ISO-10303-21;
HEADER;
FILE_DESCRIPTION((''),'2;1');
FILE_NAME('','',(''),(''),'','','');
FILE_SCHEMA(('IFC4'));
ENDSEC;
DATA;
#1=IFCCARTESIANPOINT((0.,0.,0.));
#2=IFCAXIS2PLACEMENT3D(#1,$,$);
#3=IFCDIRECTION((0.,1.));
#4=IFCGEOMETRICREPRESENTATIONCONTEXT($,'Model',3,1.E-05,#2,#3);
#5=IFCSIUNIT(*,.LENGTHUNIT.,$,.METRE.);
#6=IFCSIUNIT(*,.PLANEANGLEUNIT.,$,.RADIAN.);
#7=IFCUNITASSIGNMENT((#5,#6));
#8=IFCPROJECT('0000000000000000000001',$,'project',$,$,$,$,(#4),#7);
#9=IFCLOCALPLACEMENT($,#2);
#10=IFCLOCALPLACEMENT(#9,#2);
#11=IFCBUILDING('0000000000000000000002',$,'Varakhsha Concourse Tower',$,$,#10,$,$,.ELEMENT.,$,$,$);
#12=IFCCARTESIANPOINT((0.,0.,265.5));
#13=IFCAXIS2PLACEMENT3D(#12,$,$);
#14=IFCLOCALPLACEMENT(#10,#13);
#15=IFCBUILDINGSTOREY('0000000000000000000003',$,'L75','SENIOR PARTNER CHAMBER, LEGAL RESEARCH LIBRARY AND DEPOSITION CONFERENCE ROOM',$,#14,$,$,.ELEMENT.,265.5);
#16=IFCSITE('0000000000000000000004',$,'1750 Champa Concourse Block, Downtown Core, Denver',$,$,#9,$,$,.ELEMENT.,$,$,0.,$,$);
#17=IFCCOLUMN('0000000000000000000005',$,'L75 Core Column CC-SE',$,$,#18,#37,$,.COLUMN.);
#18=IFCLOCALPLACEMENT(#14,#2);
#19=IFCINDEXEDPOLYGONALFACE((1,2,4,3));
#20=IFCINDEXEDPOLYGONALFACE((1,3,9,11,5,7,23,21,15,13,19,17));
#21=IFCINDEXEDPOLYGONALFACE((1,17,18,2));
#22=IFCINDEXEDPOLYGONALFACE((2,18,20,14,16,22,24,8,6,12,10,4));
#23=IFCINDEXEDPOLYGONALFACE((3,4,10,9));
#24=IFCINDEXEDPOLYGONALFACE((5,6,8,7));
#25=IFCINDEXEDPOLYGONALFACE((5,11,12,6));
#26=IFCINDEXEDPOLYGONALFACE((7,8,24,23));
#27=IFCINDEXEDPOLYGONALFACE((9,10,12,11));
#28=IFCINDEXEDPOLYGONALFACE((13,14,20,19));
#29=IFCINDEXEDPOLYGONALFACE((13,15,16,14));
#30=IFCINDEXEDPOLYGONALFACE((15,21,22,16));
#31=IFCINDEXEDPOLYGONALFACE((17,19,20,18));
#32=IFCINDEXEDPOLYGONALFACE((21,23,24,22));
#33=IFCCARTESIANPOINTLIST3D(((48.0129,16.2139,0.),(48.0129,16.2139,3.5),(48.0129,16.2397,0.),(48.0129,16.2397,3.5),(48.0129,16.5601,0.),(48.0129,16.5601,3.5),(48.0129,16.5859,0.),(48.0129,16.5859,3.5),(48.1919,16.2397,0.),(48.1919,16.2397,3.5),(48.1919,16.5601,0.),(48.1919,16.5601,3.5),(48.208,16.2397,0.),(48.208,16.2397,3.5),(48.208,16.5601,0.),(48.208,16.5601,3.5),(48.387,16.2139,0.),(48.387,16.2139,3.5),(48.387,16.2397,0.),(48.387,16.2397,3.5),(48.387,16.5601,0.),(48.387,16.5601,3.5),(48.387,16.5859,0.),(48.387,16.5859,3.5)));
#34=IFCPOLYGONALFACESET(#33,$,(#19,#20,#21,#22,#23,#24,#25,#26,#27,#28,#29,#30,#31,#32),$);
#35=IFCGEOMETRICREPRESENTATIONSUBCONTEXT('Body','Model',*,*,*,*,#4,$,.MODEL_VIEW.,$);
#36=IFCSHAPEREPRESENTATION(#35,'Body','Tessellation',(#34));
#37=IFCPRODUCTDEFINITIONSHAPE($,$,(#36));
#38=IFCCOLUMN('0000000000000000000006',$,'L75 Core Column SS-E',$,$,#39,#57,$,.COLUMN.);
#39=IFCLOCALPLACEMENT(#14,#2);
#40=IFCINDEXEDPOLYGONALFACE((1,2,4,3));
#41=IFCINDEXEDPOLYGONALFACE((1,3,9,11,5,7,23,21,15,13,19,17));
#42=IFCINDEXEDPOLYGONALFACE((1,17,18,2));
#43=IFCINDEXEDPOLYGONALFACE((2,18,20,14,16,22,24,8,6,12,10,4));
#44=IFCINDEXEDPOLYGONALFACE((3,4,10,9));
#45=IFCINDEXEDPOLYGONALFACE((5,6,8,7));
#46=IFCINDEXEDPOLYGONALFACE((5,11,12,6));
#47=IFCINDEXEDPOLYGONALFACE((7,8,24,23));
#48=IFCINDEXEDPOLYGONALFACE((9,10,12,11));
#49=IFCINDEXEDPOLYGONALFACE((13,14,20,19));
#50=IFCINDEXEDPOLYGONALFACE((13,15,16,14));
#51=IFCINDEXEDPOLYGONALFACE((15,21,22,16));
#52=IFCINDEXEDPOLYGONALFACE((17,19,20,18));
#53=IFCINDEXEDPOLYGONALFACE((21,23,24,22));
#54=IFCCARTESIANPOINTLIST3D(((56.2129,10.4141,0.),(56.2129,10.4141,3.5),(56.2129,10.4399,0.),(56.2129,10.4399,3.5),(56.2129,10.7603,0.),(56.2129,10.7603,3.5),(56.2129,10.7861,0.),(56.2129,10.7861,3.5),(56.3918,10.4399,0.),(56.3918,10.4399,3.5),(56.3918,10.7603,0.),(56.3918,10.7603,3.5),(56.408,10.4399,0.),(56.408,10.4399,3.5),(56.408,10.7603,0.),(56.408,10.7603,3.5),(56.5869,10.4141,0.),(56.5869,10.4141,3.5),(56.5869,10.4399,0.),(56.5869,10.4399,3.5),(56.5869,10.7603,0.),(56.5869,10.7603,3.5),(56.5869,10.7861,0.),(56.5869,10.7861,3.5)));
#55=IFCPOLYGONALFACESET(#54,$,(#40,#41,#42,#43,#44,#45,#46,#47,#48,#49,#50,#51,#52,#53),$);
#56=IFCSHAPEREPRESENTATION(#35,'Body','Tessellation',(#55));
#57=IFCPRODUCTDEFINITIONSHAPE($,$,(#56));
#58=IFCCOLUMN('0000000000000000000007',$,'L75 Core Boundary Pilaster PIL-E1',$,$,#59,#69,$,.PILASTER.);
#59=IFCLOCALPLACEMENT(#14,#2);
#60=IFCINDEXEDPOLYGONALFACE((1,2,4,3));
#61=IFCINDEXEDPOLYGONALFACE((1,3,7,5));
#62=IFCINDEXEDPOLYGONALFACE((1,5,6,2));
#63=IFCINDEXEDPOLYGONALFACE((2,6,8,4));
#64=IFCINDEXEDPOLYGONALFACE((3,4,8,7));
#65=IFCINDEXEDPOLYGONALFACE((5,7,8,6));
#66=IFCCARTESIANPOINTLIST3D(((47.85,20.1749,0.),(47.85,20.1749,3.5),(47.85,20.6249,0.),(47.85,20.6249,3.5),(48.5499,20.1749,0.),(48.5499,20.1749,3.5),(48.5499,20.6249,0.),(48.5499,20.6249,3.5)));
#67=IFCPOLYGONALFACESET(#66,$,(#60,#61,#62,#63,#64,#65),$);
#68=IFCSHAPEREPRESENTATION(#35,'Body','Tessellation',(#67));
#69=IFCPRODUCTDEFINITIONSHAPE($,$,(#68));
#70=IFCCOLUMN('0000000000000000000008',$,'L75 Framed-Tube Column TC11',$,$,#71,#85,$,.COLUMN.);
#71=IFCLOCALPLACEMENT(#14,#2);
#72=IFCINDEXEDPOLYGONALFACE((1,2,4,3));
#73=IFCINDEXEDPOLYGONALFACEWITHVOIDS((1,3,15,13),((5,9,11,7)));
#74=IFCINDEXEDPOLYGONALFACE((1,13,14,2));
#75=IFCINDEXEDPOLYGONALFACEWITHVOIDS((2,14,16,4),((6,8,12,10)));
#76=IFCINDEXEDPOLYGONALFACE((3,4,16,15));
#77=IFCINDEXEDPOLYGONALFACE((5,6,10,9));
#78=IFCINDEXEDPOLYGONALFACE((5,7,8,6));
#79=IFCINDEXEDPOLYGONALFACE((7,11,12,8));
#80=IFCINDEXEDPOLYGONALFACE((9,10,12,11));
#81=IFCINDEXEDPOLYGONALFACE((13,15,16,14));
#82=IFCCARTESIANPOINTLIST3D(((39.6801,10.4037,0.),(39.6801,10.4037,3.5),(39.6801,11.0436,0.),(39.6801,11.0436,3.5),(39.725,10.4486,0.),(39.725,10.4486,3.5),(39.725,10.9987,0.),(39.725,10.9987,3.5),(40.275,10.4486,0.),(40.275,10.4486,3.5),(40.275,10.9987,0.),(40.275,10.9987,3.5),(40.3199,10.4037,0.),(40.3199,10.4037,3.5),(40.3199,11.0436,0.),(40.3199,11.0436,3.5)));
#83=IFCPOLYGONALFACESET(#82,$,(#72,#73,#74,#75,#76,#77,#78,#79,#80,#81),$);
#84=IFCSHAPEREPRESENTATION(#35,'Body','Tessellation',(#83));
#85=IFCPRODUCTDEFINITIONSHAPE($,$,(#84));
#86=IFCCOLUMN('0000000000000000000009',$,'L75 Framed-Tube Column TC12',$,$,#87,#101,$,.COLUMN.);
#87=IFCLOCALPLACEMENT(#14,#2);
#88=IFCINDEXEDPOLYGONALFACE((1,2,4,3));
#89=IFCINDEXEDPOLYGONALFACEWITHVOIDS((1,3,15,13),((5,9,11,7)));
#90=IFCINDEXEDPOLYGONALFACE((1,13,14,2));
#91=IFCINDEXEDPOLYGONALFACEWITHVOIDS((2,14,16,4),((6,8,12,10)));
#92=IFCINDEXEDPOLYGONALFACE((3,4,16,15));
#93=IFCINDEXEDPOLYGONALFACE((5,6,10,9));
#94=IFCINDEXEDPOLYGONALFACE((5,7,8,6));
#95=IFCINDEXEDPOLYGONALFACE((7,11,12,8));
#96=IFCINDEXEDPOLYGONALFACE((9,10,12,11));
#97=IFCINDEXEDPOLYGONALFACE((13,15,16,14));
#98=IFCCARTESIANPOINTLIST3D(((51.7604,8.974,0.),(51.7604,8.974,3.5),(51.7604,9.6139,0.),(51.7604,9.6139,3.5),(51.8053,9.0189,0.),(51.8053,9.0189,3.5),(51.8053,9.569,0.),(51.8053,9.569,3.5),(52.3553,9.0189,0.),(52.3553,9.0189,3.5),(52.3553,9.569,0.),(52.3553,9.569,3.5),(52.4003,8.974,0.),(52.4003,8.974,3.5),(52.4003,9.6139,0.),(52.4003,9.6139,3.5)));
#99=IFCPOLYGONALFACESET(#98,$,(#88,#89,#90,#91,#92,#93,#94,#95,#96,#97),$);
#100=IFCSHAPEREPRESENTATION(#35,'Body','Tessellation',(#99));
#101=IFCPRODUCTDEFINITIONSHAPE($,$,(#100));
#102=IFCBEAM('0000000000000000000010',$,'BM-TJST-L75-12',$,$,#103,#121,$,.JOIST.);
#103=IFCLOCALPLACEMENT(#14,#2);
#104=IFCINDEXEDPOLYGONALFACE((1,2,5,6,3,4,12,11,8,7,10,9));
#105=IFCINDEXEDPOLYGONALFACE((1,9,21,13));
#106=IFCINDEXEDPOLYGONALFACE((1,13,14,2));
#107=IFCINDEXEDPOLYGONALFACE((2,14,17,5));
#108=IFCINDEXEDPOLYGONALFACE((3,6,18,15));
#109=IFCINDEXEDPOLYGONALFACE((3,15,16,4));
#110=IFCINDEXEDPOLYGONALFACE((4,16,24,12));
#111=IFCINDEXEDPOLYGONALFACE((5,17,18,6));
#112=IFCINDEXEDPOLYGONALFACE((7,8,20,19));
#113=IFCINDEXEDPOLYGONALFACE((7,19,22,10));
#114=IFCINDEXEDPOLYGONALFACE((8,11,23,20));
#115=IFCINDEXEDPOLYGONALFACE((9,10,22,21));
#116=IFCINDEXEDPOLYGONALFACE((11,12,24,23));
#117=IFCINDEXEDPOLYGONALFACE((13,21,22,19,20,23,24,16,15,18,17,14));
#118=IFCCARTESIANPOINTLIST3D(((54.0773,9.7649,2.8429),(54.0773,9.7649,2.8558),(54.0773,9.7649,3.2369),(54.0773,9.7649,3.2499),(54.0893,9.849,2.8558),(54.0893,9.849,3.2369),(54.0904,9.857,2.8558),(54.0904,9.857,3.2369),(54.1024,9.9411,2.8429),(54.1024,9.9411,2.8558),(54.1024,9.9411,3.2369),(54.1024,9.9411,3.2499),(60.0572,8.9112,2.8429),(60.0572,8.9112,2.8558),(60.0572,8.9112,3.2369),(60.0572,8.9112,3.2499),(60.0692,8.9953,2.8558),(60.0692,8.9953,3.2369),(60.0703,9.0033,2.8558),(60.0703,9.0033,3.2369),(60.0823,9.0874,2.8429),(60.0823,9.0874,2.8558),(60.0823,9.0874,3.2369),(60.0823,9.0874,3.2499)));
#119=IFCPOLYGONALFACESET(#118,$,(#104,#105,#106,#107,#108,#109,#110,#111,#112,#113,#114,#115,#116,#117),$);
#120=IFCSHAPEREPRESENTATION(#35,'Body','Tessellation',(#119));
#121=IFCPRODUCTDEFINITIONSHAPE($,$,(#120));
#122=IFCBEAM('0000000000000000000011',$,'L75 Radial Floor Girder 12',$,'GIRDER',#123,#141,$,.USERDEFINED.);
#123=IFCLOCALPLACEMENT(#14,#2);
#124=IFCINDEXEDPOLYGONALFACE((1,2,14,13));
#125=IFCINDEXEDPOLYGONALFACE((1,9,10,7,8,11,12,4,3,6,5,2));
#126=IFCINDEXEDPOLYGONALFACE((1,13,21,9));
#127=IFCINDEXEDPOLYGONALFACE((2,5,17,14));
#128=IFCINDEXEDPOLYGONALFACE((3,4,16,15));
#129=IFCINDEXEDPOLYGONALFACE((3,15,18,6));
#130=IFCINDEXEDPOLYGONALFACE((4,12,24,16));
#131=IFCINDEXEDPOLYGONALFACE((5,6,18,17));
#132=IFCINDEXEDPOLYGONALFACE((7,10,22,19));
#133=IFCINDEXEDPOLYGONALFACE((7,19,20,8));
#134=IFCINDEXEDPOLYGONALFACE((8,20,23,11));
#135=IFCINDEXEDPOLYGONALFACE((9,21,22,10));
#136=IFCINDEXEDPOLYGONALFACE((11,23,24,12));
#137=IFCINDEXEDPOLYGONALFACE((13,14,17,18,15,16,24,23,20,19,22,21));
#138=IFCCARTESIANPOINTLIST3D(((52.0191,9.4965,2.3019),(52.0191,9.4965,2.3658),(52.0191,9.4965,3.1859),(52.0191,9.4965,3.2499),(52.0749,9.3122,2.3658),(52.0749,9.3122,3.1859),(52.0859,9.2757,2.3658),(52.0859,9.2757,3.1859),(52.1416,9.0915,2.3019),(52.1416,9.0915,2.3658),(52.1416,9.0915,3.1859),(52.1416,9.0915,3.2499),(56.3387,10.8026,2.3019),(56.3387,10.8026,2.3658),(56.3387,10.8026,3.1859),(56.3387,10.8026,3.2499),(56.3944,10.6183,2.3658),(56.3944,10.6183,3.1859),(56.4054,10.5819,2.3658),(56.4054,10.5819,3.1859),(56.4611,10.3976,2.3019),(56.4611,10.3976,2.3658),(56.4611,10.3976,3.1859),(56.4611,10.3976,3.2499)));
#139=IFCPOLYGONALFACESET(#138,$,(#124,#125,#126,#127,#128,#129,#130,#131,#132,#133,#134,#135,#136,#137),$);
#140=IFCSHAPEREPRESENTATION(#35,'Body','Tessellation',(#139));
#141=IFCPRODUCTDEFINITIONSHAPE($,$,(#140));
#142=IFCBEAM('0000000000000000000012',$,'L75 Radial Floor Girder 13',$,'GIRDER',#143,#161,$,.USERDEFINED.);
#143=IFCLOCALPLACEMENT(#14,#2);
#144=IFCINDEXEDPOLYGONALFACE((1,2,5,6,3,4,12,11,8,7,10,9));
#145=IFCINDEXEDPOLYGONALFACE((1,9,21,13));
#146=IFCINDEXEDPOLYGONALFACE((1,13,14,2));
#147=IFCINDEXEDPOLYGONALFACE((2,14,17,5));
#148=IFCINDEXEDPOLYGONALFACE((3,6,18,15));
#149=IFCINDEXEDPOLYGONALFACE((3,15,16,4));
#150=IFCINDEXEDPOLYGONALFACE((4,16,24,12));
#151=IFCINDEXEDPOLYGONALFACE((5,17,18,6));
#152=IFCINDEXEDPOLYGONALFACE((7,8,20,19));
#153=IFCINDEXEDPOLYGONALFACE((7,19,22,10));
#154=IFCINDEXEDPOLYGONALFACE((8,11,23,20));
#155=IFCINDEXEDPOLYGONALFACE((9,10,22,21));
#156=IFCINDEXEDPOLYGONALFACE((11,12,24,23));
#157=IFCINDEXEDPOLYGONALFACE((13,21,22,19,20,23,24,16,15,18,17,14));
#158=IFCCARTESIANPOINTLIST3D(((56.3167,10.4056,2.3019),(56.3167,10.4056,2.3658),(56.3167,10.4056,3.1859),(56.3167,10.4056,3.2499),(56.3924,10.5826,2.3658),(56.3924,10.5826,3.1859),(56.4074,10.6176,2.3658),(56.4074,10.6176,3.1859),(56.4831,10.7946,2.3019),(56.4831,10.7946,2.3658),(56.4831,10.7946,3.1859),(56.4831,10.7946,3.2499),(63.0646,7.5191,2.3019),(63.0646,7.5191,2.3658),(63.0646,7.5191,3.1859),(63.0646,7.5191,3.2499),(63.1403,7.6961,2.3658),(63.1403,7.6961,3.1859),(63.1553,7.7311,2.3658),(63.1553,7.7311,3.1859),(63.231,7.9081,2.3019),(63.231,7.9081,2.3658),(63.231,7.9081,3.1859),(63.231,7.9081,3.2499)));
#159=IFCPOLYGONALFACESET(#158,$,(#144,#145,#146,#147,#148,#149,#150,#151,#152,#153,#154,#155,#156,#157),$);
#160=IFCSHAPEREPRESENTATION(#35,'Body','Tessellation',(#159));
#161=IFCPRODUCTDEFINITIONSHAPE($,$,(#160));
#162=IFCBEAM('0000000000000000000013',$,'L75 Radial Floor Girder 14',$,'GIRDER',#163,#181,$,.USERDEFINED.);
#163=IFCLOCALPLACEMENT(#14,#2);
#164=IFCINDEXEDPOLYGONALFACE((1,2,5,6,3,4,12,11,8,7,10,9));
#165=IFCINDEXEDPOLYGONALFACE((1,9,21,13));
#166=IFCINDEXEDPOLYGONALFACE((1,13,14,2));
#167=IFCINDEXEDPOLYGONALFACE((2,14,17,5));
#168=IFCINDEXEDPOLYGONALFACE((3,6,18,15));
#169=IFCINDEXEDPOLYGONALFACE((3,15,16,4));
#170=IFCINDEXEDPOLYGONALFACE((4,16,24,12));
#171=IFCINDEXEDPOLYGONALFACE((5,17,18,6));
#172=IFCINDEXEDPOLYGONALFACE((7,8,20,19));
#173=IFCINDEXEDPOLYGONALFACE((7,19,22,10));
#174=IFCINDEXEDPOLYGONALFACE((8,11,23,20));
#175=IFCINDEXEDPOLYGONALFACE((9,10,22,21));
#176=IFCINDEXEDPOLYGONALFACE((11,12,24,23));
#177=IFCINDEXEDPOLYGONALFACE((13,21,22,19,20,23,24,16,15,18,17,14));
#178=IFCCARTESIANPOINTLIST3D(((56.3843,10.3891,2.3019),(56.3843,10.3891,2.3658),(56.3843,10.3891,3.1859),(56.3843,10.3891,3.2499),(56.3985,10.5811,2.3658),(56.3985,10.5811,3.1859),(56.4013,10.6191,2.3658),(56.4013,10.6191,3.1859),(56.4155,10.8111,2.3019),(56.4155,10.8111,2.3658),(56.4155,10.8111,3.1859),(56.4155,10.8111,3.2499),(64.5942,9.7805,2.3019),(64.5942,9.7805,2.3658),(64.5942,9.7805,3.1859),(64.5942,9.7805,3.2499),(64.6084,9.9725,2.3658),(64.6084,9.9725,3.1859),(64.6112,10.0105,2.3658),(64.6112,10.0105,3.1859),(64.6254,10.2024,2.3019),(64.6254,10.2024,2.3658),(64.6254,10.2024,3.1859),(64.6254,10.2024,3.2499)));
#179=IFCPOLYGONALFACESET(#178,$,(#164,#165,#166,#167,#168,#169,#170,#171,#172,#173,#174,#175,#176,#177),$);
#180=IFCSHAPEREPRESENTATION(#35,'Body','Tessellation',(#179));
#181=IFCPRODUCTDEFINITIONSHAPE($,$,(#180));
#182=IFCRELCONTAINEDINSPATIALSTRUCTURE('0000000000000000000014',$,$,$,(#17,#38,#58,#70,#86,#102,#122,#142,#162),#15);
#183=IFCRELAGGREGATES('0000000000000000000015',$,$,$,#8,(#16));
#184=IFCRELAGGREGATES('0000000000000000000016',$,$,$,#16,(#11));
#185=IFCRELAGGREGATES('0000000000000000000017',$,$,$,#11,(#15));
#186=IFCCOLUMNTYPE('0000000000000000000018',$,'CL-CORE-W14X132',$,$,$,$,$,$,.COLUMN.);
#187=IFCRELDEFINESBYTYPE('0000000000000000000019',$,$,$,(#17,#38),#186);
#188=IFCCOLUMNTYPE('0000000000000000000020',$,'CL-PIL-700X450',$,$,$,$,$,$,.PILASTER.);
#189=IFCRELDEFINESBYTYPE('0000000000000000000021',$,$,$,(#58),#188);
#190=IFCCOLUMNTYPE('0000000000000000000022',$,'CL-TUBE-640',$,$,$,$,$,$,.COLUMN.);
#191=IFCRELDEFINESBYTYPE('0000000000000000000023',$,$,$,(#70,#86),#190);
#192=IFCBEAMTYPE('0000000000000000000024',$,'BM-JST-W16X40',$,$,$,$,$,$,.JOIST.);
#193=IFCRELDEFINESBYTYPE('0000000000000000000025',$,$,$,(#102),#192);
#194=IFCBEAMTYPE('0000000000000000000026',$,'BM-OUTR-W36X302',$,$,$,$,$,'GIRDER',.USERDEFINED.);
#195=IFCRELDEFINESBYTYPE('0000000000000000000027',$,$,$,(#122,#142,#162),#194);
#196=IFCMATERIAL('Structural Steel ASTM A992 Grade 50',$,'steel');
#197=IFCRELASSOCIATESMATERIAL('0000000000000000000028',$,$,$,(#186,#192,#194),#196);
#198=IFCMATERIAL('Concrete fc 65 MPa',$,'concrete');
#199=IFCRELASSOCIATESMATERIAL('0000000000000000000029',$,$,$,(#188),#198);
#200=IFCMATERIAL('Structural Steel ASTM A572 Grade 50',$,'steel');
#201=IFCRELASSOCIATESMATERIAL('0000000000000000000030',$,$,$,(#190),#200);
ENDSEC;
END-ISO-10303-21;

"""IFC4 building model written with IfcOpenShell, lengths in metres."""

from ifc_helpers import new_model, si_unit, direction, frame, origin, origin_2d, place, context, subcontext, project, spatial, rectangle, hollow_rectangle, i_section, extrude, material, material_profile, profile_set, type_object, element, save


model = new_model("IFC4")

# Units and contexts
model_context = context("Model", 3, precision=1e-05, world=origin(), true_north=direction((0.0, 1.0)))
body_context = subcontext(model_context, "Body", "Model", "MODEL_VIEW")
ifc_project = project(units=[si_unit("LENGTHUNIT", "METRE"), si_unit("PLANEANGLEUNIT", "RADIAN")], contexts=[model_context])

# Site, building, storey
site_placement = place(None, origin())
site = spatial("IfcSite", under=ifc_project, at=site_placement, Name="1750 Champa Concourse Block, Downtown Core, Denver", CompositionType="ELEMENT", RefElevation=0.0)
building_placement = place(site_placement, origin())
building = spatial("IfcBuilding", under=site, at=building_placement, Name="Varakhsha Concourse Tower", CompositionType="ELEMENT")
storey_placement = place(building_placement, frame((0.0, 0.0, 265.5)))
storey = spatial("IfcBuildingStorey", under=building, at=storey_placement, Name="L75", Description="SENIOR PARTNER CHAMBER, LEGAL RESEARCH LIBRARY AND DEPOSITION CONFERENCE ROOM", CompositionType="ELEMENT", Elevation=265.5)

# Columns
ifc_material_1 = material(Name="Structural Steel ASTM A992 Grade 50", Category="steel")
ifc_material_profile_1 = material_profile(ifc_material_1, i_section(OverallWidth=0.374, OverallDepth=0.3721, WebThickness=0.0161, FlangeThickness=0.0259, at=origin_2d()), Name="W14X132")
ifc_profile_set_1 = profile_set([ifc_material_profile_1], Name="Structural Steel ASTM A992 Grade 50")
column_type_1 = type_object("IfcColumnType", Name="CL-CORE-W14X132", PredefinedType="COLUMN", material=ifc_profile_set_1)
for number, where, z_axis, x_axis, name in (
    (1, (48.2, 16.3999, 0.0), (0.0, 0.0, 1.0), (1.0, 0.0, 0.0), "L75 Core Column CC-SE"),
    (2, (56.3999, 10.6001, 0.0), (0.0, 0.0, 1.0), (1.0, 0.0, 0.0), "L75 Core Column SS-E"),
):
    element("IfcColumn", number, at=place(storey_placement, frame(where, z_axis=z_axis, x_axis=x_axis)), inside=storey, type_object=column_type_1, Name=name, PredefinedType="COLUMN", context=body_context, shape_type="SweptSolid", body=[
        extrude(i_section(OverallWidth=0.374, OverallDepth=0.3721, WebThickness=0.0161, FlangeThickness=0.0259, at=origin_2d()), origin(), (0.0, 0.0, 1.0), 3.5),
    ])
ifc_material_2 = material(Name="Concrete fc 65 MPa", Category="concrete")
ifc_material_profile_2 = material_profile(ifc_material_2, rectangle(XDim=0.7, YDim=0.45, at=origin_2d()), Name="RC 700x450")
ifc_profile_set_2 = profile_set([ifc_material_profile_2], Name="Concrete fc 65 MPa")
column_type_2 = type_object("IfcColumnType", Name="CL-PIL-700X450", PredefinedType="PILASTER", material=ifc_profile_set_2)
column_placement = place(storey_placement, frame((48.2, 20.3999, 0.0), z_axis=(0.0, 0.0, 1.0), x_axis=(1.0, 0.0, 0.0)))
element("IfcColumn", 3, at=column_placement, inside=storey, type_object=column_type_2, Name="L75 Core Boundary Pilaster PIL-E1", PredefinedType="PILASTER", context=body_context, shape_type="SweptSolid", body=[
    extrude(rectangle(XDim=0.7, YDim=0.45, at=origin_2d()), origin(), (0.0, 0.0, 1.0), 3.5),
])
ifc_material_3 = material(Name="Structural Steel ASTM A572 Grade 50", Category="steel")
ifc_material_profile_3 = material_profile(ifc_material_3, hollow_rectangle(XDim=0.6399, YDim=0.6399, WallThickness=0.0449, at=origin_2d()), Name="BOX 640x640x45")
ifc_profile_set_3 = profile_set([ifc_material_profile_3], Name="Structural Steel ASTM A572 Grade 50")
column_type_3 = type_object("IfcColumnType", Name="CL-TUBE-640", PredefinedType="COLUMN", material=ifc_profile_set_3)
for number, where, z_axis, x_axis, name in (
    (4, (40.0, 10.7236, 0.0), (0.0, 0.0, 1.0), (1.0, 0.0, 0.0), "L75 Framed-Tube Column TC11"),
    (5, (52.0803, 9.2939, 0.0), (0.0, 0.0, 1.0), (1.0, 0.0, 0.0), "L75 Framed-Tube Column TC12"),
):
    element("IfcColumn", number, at=place(storey_placement, frame(where, z_axis=z_axis, x_axis=x_axis)), inside=storey, type_object=column_type_3, Name=name, PredefinedType="COLUMN", context=body_context, shape_type="SweptSolid", body=[
        extrude(hollow_rectangle(XDim=0.6399, YDim=0.6399, WallThickness=0.0449, at=origin_2d()), origin(), (0.0, 0.0, 1.0), 3.5),
    ])

# Beams
ifc_material_profile_4 = material_profile(ifc_material_1, i_section(OverallWidth=0.178, OverallDepth=0.407, WebThickness=0.0081, FlangeThickness=0.0129, at=origin_2d()), Name="W16X40")
ifc_profile_set_4 = profile_set([ifc_material_profile_4], Name="Structural Steel ASTM A992 Grade 50")
beam_type_1 = type_object("IfcBeamType", Name="BM-JST-W16X40", PredefinedType="JOIST", material=ifc_profile_set_4)
beam_1_placement = place(storey_placement, frame((54.0898, 9.853, 3.0464), z_axis=(0.989962, -0.141336, 0.0), x_axis=(0.141336, 0.989962, 0.0)))
element("IfcBeam", 6, at=beam_1_placement, inside=storey, type_object=beam_type_1, Name="BM-TJST-L75-12", PredefinedType="JOIST", context=body_context, shape_type="SweptSolid", body=[
    extrude(i_section(OverallWidth=0.178, OverallDepth=0.407, WebThickness=0.0081, FlangeThickness=0.0129, at=origin_2d()), origin(), (0.0, 0.0, 1.0), 6.0405),
])
ifc_material_profile_5 = material_profile(ifc_material_1, i_section(OverallWidth=0.4231, OverallDepth=0.948, WebThickness=0.0381, FlangeThickness=0.064, at=origin_2d()), Name="W36X302")
ifc_profile_set_5 = profile_set([ifc_material_profile_5], Name="Structural Steel ASTM A992 Grade 50")
beam_type_2 = type_object("IfcBeamType", Name="BM-OUTR-W36X302", ElementType="GIRDER", PredefinedType="USERDEFINED", material=ifc_profile_set_5)
beam_2_placement = place(storey_placement, frame((56.3999, 10.6001, 2.7759), z_axis=(-0.957197, -0.289437, 0.0), x_axis=(0.289437, -0.957197, 0.0)))
element("IfcBeam", 7, at=beam_2_placement, inside=storey, type_object=beam_type_2, Name="L75 Radial Floor Girder 12", ObjectType="GIRDER", PredefinedType="USERDEFINED", context=body_context, shape_type="SweptSolid", body=[
    extrude(i_section(OverallWidth=0.4231, OverallDepth=0.948, WebThickness=0.0381, FlangeThickness=0.064, at=origin_2d()), origin(), (0.0, 0.0, 1.0), 4.5127),
])
beam_3_placement = place(storey_placement, frame((56.3999, 10.6001, 2.7759), z_axis=(0.919413, -0.393293, 0.0), x_axis=(0.393293, 0.919413, 0.0)))
element("IfcBeam", 8, at=beam_3_placement, inside=storey, type_object=beam_type_2, Name="L75 Radial Floor Girder 13", ObjectType="GIRDER", PredefinedType="USERDEFINED", context=body_context, shape_type="SweptSolid", body=[
    extrude(i_section(OverallWidth=0.4231, OverallDepth=0.948, WebThickness=0.0381, FlangeThickness=0.064, at=origin_2d()), origin(), (0.0, 0.0, 1.0), 7.3394),
])
beam_4_placement = place(storey_placement, frame((56.3999, 10.6001, 2.7759), z_axis=(0.997263, -0.073932, 0.0), x_axis=(0.073932, 0.997263, 0.0)))
element("IfcBeam", 9, at=beam_4_placement, inside=storey, type_object=beam_type_2, Name="L75 Radial Floor Girder 14", ObjectType="GIRDER", PredefinedType="USERDEFINED", context=body_context, shape_type="SweptSolid", body=[
    extrude(i_section(OverallWidth=0.4231, OverallDepth=0.948, WebThickness=0.0381, FlangeThickness=0.064, at=origin_2d()), origin(), (0.0, 0.0, 1.0), 8.2324),
])

save(model, "model.ifc")
